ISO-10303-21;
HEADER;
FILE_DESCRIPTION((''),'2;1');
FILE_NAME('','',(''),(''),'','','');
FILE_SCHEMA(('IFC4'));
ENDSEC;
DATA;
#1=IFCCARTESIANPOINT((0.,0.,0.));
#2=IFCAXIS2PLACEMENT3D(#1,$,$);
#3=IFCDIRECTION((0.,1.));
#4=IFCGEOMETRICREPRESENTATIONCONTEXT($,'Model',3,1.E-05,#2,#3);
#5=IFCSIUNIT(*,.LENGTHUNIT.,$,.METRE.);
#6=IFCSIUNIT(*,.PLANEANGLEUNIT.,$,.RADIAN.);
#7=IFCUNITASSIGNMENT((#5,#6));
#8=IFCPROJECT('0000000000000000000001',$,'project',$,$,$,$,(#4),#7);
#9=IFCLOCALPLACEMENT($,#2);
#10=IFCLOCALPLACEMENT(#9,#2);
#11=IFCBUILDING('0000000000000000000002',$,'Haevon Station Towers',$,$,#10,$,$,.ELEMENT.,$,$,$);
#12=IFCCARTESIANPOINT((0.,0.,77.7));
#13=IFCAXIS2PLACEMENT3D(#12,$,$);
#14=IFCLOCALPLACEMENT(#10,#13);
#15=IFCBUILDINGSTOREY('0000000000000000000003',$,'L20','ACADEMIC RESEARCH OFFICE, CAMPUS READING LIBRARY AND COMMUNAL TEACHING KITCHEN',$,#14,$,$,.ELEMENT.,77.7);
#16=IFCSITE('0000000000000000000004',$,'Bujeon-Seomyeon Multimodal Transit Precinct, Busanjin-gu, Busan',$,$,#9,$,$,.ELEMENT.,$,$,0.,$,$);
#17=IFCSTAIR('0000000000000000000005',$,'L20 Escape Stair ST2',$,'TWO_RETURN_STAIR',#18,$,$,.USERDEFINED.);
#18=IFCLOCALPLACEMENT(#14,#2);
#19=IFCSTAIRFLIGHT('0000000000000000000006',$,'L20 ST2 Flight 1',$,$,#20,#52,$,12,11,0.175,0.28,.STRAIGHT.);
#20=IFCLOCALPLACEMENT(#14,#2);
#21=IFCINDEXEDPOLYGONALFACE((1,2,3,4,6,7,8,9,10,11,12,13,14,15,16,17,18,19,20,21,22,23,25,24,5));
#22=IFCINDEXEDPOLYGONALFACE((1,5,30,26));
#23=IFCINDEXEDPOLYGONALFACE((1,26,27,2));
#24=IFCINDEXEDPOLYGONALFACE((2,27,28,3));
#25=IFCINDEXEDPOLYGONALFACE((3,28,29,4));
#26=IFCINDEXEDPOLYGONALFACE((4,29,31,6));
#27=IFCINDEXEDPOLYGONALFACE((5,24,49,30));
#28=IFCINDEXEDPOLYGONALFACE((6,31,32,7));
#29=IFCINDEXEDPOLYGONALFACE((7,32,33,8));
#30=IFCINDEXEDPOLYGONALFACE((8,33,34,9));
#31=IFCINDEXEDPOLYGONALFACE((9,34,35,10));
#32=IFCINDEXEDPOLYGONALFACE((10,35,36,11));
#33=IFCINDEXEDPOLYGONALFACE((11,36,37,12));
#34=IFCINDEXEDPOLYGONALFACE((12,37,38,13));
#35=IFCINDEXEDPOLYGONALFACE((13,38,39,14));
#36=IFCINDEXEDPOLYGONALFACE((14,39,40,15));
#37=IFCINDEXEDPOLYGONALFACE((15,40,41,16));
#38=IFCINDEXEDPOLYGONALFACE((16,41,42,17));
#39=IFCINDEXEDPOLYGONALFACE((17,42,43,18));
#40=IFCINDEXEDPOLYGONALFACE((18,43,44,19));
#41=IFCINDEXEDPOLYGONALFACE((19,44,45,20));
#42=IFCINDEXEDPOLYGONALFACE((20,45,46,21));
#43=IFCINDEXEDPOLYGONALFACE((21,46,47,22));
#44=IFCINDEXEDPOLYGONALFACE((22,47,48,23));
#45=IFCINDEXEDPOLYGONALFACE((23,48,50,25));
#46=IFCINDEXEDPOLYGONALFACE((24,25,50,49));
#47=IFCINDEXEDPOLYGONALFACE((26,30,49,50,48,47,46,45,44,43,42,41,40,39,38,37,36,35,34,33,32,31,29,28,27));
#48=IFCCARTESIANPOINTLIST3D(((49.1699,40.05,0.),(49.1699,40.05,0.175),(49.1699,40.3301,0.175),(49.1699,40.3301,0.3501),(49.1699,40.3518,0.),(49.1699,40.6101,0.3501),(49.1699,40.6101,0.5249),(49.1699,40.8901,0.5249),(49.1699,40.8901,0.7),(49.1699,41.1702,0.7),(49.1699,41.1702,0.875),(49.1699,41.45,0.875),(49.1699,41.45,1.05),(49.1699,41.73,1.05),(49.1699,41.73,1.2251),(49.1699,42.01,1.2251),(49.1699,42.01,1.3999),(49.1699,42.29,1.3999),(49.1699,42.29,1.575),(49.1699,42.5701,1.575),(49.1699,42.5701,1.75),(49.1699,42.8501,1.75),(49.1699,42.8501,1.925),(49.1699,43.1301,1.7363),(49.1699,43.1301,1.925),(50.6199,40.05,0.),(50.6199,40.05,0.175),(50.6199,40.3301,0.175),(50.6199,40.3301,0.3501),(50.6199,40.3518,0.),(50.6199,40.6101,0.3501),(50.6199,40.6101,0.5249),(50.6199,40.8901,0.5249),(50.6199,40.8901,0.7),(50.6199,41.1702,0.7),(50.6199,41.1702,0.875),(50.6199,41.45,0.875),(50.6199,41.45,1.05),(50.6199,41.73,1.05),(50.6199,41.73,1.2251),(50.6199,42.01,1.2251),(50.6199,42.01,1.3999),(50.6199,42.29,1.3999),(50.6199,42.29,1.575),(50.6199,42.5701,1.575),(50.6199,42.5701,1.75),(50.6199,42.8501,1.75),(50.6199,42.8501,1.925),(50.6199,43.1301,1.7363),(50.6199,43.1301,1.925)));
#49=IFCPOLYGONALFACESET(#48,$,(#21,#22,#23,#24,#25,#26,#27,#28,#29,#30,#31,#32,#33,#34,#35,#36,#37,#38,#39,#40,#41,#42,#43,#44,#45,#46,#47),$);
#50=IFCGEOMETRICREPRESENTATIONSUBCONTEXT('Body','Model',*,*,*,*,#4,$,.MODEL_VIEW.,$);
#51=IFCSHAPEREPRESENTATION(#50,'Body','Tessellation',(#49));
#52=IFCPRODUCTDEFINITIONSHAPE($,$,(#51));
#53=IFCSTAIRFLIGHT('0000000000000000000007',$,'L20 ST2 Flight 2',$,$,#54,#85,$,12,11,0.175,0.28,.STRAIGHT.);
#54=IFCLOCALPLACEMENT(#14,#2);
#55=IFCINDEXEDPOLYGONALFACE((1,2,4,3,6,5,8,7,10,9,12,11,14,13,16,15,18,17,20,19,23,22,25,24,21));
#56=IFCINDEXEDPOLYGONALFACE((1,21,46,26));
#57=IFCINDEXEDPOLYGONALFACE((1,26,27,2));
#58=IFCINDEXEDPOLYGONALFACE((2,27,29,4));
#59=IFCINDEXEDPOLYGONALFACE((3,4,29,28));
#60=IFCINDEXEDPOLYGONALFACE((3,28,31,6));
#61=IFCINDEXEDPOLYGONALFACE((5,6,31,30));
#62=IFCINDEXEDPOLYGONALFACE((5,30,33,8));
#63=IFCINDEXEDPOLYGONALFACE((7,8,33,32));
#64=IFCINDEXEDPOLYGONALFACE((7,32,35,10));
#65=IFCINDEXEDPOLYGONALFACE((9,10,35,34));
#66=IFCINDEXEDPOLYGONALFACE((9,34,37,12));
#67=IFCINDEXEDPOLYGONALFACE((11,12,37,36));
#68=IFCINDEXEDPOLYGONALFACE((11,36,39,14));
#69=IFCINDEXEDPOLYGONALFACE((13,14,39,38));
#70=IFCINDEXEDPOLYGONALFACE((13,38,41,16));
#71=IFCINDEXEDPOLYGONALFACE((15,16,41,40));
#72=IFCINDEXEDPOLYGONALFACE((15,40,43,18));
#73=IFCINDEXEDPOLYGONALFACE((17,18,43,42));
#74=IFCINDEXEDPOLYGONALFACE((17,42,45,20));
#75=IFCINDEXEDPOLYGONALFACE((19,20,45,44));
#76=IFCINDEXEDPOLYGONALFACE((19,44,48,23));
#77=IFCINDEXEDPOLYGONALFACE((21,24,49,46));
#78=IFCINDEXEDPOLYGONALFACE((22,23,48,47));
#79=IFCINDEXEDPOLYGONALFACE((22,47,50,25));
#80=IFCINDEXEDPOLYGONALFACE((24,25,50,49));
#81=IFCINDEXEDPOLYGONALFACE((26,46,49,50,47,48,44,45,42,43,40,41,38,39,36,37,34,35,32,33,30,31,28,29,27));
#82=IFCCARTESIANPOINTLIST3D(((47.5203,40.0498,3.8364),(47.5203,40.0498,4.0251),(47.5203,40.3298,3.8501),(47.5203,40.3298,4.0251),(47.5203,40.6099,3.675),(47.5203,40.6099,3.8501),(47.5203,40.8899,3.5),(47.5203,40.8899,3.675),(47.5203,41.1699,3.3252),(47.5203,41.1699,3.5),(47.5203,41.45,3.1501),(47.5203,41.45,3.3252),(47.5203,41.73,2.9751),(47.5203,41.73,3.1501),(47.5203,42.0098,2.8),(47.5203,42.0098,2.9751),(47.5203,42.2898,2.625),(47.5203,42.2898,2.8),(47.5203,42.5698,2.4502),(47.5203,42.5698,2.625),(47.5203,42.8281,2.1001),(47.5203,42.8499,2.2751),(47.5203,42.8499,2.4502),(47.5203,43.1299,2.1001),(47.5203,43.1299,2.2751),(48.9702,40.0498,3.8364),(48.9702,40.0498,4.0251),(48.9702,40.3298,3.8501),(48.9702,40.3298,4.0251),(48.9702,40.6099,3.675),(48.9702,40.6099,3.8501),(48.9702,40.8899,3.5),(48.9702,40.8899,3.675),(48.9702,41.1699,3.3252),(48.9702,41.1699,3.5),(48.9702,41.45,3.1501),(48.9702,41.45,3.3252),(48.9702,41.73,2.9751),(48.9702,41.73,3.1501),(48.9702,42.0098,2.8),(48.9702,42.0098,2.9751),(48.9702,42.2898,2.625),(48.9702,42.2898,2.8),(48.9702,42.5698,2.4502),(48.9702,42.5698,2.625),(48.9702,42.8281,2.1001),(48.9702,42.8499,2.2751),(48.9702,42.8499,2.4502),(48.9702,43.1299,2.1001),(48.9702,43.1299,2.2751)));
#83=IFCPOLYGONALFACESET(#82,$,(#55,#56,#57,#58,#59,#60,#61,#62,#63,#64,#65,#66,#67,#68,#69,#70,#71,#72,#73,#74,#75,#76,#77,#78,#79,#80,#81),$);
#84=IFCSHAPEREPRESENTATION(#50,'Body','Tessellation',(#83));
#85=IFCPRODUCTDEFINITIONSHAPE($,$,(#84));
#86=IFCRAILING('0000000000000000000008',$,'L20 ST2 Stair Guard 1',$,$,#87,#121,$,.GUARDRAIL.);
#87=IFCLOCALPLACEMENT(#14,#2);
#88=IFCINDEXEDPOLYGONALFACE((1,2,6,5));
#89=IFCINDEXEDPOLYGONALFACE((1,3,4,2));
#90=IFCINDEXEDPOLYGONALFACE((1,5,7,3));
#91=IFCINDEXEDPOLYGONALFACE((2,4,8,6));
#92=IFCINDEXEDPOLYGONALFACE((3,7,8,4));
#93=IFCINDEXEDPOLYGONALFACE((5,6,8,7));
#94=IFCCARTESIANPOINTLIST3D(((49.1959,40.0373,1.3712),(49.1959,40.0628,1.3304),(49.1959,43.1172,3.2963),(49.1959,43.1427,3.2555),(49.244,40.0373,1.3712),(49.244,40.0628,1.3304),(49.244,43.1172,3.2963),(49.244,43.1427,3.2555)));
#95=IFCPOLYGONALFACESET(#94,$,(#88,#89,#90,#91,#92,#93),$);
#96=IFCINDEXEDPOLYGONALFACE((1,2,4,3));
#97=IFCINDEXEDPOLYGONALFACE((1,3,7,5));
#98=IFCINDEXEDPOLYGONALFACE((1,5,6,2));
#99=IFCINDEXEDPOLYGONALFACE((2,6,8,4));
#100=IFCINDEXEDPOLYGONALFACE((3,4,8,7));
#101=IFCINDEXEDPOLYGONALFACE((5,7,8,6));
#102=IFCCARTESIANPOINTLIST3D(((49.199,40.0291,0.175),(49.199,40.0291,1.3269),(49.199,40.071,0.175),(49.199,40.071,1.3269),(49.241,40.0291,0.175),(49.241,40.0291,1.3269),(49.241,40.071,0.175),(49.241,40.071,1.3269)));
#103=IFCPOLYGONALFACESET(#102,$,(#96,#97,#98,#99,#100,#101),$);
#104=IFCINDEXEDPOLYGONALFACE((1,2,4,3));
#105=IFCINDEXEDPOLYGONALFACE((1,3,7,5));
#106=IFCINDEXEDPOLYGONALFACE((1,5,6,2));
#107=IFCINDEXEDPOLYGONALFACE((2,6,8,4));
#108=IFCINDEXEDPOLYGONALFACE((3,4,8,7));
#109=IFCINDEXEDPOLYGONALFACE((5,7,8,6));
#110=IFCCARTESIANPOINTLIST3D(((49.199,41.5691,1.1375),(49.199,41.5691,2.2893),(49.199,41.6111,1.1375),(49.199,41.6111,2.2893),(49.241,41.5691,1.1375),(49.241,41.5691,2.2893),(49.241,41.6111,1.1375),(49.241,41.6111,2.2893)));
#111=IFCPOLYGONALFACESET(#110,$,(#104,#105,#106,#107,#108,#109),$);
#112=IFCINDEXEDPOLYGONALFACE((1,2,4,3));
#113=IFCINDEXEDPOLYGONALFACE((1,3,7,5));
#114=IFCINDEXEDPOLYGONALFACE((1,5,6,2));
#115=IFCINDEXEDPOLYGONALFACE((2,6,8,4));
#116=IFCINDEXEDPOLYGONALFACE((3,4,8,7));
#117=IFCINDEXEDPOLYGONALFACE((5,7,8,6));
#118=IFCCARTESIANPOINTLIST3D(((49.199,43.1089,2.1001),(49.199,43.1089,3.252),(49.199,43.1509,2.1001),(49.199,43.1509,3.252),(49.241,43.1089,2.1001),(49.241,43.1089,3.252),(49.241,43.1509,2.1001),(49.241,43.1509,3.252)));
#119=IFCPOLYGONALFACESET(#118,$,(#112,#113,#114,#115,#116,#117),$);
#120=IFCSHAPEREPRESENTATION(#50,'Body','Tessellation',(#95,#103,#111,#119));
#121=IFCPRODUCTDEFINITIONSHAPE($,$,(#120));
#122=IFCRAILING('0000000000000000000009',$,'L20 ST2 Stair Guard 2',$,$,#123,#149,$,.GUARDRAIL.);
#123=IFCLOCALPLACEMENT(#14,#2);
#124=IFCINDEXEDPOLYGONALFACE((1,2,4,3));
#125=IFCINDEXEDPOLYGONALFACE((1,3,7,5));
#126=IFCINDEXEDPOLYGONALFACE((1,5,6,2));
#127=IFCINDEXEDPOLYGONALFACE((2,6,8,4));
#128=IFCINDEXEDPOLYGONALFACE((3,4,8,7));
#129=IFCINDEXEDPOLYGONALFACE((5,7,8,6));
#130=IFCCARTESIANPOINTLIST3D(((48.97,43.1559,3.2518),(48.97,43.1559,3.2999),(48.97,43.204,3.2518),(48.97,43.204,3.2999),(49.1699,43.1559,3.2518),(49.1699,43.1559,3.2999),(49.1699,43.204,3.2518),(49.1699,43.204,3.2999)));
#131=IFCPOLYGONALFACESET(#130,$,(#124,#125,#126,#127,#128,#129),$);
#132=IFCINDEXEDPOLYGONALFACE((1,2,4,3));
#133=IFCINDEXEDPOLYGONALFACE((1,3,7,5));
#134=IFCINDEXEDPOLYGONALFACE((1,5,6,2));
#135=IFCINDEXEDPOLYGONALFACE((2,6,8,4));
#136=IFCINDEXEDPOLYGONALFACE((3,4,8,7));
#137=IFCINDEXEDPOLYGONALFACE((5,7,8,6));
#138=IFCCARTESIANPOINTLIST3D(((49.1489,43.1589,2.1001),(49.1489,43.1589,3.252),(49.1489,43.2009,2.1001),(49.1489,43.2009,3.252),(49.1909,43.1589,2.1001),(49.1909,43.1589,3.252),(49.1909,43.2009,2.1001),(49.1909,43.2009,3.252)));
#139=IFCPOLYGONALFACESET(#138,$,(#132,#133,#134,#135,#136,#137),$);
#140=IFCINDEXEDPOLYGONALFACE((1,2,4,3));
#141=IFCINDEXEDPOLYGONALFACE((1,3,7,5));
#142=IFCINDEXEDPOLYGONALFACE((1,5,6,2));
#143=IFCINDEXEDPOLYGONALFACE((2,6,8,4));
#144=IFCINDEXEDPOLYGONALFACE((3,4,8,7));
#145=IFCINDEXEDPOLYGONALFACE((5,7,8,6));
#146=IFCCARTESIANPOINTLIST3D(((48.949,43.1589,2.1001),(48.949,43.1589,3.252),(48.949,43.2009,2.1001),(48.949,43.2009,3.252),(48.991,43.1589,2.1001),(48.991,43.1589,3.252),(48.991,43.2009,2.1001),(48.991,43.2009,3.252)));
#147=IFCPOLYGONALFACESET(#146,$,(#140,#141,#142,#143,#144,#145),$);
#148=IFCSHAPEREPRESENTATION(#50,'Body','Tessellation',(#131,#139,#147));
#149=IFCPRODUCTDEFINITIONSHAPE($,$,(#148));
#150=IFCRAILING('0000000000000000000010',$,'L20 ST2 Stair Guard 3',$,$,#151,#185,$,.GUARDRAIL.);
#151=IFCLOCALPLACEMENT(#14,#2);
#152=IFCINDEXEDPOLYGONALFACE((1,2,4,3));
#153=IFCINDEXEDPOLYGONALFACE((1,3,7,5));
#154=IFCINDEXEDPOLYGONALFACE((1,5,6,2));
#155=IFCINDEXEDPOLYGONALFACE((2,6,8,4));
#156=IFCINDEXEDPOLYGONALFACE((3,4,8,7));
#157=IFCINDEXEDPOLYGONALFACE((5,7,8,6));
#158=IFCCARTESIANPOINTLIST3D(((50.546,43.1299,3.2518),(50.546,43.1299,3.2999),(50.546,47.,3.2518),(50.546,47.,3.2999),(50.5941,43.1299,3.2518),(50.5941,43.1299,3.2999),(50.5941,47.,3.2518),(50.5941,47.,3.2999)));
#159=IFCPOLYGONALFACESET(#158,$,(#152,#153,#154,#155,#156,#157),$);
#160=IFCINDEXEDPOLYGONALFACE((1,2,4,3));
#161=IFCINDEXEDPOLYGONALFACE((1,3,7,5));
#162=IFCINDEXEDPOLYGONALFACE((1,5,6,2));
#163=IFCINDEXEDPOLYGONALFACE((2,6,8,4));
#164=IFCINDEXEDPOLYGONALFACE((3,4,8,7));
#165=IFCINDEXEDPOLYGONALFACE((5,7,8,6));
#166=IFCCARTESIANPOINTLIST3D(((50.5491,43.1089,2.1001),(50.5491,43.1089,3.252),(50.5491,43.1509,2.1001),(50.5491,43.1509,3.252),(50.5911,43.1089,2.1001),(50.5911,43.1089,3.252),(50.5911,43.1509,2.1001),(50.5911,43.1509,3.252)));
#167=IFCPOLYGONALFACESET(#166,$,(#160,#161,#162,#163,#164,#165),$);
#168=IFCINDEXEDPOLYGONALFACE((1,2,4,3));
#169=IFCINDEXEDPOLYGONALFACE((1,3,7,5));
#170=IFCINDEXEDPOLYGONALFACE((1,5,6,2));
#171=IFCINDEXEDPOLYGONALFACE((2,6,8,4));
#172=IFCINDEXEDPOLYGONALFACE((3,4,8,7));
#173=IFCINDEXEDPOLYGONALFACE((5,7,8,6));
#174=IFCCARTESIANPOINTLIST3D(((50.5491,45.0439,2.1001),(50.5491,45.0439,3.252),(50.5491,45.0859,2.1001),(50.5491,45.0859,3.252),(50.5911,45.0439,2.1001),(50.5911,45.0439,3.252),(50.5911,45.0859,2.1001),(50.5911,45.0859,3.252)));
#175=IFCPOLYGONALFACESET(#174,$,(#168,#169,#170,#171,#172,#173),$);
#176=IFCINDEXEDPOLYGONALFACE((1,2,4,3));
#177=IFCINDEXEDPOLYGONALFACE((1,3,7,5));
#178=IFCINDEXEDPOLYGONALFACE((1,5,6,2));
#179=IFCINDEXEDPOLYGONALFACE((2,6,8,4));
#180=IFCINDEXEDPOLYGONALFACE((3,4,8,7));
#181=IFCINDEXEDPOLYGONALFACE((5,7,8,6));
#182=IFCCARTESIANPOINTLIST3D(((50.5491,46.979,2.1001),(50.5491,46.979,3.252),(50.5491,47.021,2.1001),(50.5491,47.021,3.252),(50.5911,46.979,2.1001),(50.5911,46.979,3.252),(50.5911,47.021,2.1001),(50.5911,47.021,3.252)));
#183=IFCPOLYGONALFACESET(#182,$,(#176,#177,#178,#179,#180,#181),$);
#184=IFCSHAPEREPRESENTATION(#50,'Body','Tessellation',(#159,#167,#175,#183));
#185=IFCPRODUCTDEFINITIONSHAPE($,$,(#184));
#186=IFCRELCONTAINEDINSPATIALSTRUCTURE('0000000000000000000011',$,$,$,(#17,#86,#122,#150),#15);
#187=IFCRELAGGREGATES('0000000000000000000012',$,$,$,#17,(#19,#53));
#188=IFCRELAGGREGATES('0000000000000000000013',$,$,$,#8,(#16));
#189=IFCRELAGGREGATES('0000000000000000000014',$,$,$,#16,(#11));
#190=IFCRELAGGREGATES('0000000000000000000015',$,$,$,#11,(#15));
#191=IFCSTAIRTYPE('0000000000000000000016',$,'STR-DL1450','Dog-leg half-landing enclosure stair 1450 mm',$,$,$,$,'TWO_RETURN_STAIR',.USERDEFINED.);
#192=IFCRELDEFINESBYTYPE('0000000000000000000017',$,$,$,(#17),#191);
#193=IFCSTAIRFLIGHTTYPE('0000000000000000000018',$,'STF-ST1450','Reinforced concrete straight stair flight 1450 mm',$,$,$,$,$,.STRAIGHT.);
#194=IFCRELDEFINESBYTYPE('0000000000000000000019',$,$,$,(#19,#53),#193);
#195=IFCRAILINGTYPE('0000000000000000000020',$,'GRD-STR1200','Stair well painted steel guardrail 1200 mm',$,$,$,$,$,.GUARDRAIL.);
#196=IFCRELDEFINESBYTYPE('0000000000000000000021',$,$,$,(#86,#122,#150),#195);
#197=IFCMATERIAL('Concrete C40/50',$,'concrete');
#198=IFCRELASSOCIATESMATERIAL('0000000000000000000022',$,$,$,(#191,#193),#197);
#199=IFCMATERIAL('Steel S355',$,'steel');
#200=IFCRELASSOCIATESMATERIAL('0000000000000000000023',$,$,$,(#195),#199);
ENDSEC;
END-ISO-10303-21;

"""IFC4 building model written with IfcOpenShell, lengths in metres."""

from ifc_helpers import new_model, si_unit, direction, frame, origin, origin_2d, place, context, subcontext, project, spatial, polyline, rectangle, outline, extrude, material, type_object, element, aggregate, save


model = new_model("IFC4")

# Units and contexts
model_context = context("Model", 3, precision=1e-05, world=origin(), true_north=direction((0.0, 1.0)))
body_context = subcontext(model_context, "Body", "Model", "MODEL_VIEW")
ifc_project = project(units=[si_unit("LENGTHUNIT", "METRE"), si_unit("PLANEANGLEUNIT", "RADIAN")], contexts=[model_context])

# Site, building, storey
site_placement = place(None, origin())
site = spatial("IfcSite", under=ifc_project, at=site_placement, Name="Bujeon-Seomyeon Multimodal Transit Precinct, Busanjin-gu, Busan", CompositionType="ELEMENT", RefElevation=0.0)
building_placement = place(site_placement, origin())
building = spatial("IfcBuilding", under=site, at=building_placement, Name="Haevon Station Towers", CompositionType="ELEMENT")
storey_placement = place(building_placement, frame((0.0, 0.0, 77.7)))
storey = spatial("IfcBuildingStorey", under=building, at=storey_placement, Name="L20", Description="ACADEMIC RESEARCH OFFICE, CAMPUS READING LIBRARY AND COMMUNAL TEACHING KITCHEN", CompositionType="ELEMENT", Elevation=77.7)

# Shared definitions
ifc_material_1 = material(Name="Steel S355", Category="steel")

# Shared definitions
ifc_material_2 = material(Name="Concrete C40/50", Category="concrete")

# Stair, stair flights
stair_type = type_object("IfcStairType", Name="STR-DL1450", Description="Dog-leg half-landing enclosure stair 1450 mm", ElementType="TWO_RETURN_STAIR", PredefinedType="USERDEFINED", material=ifc_material_2)
stair_placement = place(storey_placement, origin())
stair = element("IfcStair", 1, at=stair_placement, inside=storey, type_object=stair_type, Name="L20 Escape Stair ST2", ObjectType="TWO_RETURN_STAIR", PredefinedType="USERDEFINED")
stair_flight_type = type_object("IfcStairFlightType", Name="STF-ST1450", Description="Reinforced concrete straight stair flight 1450 mm", PredefinedType="STRAIGHT", material=ifc_material_2)
stair_flight_1_placement = place(storey_placement, frame((49.895, 40.05, 0.0), z_axis=(0.0, 0.0, 1.0), x_axis=(0.0, 1.0, 0.0)))
stair_flight_1 = element("IfcStairFlight", 2, at=stair_flight_1_placement, type_object=stair_flight_type, Name="L20 ST2 Flight 1", NumberOfRisers=12, NumberOfTreads=11, PredefinedType="STRAIGHT", RiserHeight=0.175, TreadLength=0.28, context=body_context, shape_type="SweptSolid", body=[
    extrude(outline(polyline([(0.0, 0.0), (0.0, 0.175), (0.28, 0.175), (0.28, 0.3501), (0.5601, 0.3501), (0.5601, 0.5249), (0.8401, 0.5249), (0.8401, 0.7), (1.1201, 0.7), (1.1201, 0.875), (1.3999, 0.875), (1.3999, 1.05), (1.6799, 1.05), (1.6799, 1.2251), (1.96, 1.2251), (1.96, 1.3999), (2.24, 1.3999), (2.24, 1.575), (2.52, 1.575), (2.52, 1.75), (2.8, 1.75), (2.8, 1.925), (3.0801, 1.925), (3.0801, 2.1001), (3.0801, 1.7363), (0.3018, 0.0), (0.0, 0.0)])), frame((0.0, 0.7251, 0.0), z_axis=(0.0, -1.0, 0.0), x_axis=(1.0, 0.0, 0.0)), (0.0, 0.0, 1.0), 1.45),
])
stair_flight_2_placement = place(storey_placement, frame((48.2451, 43.1299, 2.1001), z_axis=(0.0, 0.0, 1.0), x_axis=(0.0, -1.0, 0.0)))
stair_flight_2 = element("IfcStairFlight", 3, at=stair_flight_2_placement, type_object=stair_flight_type, Name="L20 ST2 Flight 2", NumberOfRisers=12, NumberOfTreads=11, PredefinedType="STRAIGHT", RiserHeight=0.175, TreadLength=0.28, context=body_context, shape_type="SweptSolid", body=[
    extrude(outline(polyline([(0.0, 0.0), (0.0, 0.175), (0.28, 0.175), (0.28, 0.3501), (0.5601, 0.3501), (0.5601, 0.5249), (0.8401, 0.5249), (0.8401, 0.7), (1.1201, 0.7), (1.1201, 0.875), (1.3999, 0.875), (1.3999, 1.05), (1.6799, 1.05), (1.6799, 1.2251), (1.96, 1.2251), (1.96, 1.3999), (2.24, 1.3999), (2.24, 1.575), (2.52, 1.575), (2.52, 1.75), (2.8, 1.75), (2.8, 1.925), (3.0801, 1.925), (3.0801, 2.1001), (3.0801, 1.7363), (0.3018, 0.0), (0.0, 0.0)])), frame((0.0, 0.7251, 0.0), z_axis=(0.0, -1.0, 0.0), x_axis=(1.0, 0.0, 0.0)), (0.0, 0.0, 1.0), 1.45),
])
aggregate(stair, [stair_flight_1, stair_flight_2])

# Railings
railing_type_1 = type_object("IfcRailingType", Name="GRD-STR1200", Description="Stair well painted steel guardrail 1200 mm", PredefinedType="GUARDRAIL", material=ifc_material_1)
railing_1_placement = place(storey_placement, frame((49.22, 40.05, 0.175)))
element("IfcRailing", 4, at=railing_1_placement, inside=storey, type_object=railing_type_1, Name="L20 ST2 Stair Guard 1", PredefinedType="GUARDRAIL", context=body_context, shape_type="SweptSolid", body=[
    extrude(rectangle(XDim=0.0481, YDim=0.0481, at=origin_2d()), frame((0.0, 0.0, 1.1758), z_axis=(0.0, 0.847979, 0.530029), x_axis=(-1.0, 0.0, 0.0)), (0.0, 0.0, 1.0), 3.6321),
    extrude(rectangle(XDim=0.042, YDim=0.042, at=origin_2d()), origin(), (0.0, 0.0, 1.0), 1.1519),
    extrude(rectangle(XDim=0.042, YDim=0.042, at=origin_2d()), frame((0.0, 1.54, 0.9624)), (0.0, 0.0, 1.0), 1.1519),
    extrude(rectangle(XDim=0.042, YDim=0.042, at=origin_2d()), frame((0.0, 3.0798, 1.925)), (0.0, 0.0, 1.0), 1.1519),
])
railing_2_placement = place(storey_placement, frame((49.1699, 43.1799, 2.1001)))
element("IfcRailing", 5, at=railing_2_placement, inside=storey, type_object=railing_type_1, Name="L20 ST2 Stair Guard 2", PredefinedType="GUARDRAIL", context=body_context, shape_type="SweptSolid", body=[
    extrude(rectangle(XDim=0.0481, YDim=0.0481, at=origin_2d()), frame((0.0, 0.0, 1.1758), z_axis=(-1.0, 0.0, 0.0), x_axis=(0.0, -1.0, 0.0)), (0.0, 0.0, 1.0), 0.2),
    extrude(rectangle(XDim=0.042, YDim=0.042, at=origin_2d()), origin(), (0.0, 0.0, 1.0), 1.1519),
    extrude(rectangle(XDim=0.042, YDim=0.042, at=origin_2d()), frame((-0.2, 0.0, 0.0)), (0.0, 0.0, 1.0), 1.1519),
])
for number, where, name in (
    (6, (50.5701, 43.1299, 2.1001), "L20 ST2 Stair Guard 3"),
):
    element("IfcRailing", number, at=place(storey_placement, frame(where)), inside=storey, type_object=railing_type_1, Name=name, PredefinedType="GUARDRAIL", context=body_context, shape_type="SweptSolid", body=[
        extrude(rectangle(XDim=0.0481, YDim=0.0481, at=origin_2d()), frame((0.0, 0.0, 1.1758), z_axis=(0.0, 1.0, 0.0), x_axis=(-1.0, 0.0, 0.0)), (0.0, 0.0, 1.0), 3.8701),
        extrude(rectangle(XDim=0.042, YDim=0.042, at=origin_2d()), origin(), (0.0, 0.0, 1.0), 1.1519),
        extrude(rectangle(XDim=0.042, YDim=0.042, at=origin_2d()), frame((0.0, 1.9351, 0.0)), (0.0, 0.0, 1.0), 1.1519),
        extrude(rectangle(XDim=0.042, YDim=0.042, at=origin_2d()), frame((0.0, 3.8701, 0.0)), (0.0, 0.0, 1.0), 1.1519),
    ])

save(model, "model.ifc")
